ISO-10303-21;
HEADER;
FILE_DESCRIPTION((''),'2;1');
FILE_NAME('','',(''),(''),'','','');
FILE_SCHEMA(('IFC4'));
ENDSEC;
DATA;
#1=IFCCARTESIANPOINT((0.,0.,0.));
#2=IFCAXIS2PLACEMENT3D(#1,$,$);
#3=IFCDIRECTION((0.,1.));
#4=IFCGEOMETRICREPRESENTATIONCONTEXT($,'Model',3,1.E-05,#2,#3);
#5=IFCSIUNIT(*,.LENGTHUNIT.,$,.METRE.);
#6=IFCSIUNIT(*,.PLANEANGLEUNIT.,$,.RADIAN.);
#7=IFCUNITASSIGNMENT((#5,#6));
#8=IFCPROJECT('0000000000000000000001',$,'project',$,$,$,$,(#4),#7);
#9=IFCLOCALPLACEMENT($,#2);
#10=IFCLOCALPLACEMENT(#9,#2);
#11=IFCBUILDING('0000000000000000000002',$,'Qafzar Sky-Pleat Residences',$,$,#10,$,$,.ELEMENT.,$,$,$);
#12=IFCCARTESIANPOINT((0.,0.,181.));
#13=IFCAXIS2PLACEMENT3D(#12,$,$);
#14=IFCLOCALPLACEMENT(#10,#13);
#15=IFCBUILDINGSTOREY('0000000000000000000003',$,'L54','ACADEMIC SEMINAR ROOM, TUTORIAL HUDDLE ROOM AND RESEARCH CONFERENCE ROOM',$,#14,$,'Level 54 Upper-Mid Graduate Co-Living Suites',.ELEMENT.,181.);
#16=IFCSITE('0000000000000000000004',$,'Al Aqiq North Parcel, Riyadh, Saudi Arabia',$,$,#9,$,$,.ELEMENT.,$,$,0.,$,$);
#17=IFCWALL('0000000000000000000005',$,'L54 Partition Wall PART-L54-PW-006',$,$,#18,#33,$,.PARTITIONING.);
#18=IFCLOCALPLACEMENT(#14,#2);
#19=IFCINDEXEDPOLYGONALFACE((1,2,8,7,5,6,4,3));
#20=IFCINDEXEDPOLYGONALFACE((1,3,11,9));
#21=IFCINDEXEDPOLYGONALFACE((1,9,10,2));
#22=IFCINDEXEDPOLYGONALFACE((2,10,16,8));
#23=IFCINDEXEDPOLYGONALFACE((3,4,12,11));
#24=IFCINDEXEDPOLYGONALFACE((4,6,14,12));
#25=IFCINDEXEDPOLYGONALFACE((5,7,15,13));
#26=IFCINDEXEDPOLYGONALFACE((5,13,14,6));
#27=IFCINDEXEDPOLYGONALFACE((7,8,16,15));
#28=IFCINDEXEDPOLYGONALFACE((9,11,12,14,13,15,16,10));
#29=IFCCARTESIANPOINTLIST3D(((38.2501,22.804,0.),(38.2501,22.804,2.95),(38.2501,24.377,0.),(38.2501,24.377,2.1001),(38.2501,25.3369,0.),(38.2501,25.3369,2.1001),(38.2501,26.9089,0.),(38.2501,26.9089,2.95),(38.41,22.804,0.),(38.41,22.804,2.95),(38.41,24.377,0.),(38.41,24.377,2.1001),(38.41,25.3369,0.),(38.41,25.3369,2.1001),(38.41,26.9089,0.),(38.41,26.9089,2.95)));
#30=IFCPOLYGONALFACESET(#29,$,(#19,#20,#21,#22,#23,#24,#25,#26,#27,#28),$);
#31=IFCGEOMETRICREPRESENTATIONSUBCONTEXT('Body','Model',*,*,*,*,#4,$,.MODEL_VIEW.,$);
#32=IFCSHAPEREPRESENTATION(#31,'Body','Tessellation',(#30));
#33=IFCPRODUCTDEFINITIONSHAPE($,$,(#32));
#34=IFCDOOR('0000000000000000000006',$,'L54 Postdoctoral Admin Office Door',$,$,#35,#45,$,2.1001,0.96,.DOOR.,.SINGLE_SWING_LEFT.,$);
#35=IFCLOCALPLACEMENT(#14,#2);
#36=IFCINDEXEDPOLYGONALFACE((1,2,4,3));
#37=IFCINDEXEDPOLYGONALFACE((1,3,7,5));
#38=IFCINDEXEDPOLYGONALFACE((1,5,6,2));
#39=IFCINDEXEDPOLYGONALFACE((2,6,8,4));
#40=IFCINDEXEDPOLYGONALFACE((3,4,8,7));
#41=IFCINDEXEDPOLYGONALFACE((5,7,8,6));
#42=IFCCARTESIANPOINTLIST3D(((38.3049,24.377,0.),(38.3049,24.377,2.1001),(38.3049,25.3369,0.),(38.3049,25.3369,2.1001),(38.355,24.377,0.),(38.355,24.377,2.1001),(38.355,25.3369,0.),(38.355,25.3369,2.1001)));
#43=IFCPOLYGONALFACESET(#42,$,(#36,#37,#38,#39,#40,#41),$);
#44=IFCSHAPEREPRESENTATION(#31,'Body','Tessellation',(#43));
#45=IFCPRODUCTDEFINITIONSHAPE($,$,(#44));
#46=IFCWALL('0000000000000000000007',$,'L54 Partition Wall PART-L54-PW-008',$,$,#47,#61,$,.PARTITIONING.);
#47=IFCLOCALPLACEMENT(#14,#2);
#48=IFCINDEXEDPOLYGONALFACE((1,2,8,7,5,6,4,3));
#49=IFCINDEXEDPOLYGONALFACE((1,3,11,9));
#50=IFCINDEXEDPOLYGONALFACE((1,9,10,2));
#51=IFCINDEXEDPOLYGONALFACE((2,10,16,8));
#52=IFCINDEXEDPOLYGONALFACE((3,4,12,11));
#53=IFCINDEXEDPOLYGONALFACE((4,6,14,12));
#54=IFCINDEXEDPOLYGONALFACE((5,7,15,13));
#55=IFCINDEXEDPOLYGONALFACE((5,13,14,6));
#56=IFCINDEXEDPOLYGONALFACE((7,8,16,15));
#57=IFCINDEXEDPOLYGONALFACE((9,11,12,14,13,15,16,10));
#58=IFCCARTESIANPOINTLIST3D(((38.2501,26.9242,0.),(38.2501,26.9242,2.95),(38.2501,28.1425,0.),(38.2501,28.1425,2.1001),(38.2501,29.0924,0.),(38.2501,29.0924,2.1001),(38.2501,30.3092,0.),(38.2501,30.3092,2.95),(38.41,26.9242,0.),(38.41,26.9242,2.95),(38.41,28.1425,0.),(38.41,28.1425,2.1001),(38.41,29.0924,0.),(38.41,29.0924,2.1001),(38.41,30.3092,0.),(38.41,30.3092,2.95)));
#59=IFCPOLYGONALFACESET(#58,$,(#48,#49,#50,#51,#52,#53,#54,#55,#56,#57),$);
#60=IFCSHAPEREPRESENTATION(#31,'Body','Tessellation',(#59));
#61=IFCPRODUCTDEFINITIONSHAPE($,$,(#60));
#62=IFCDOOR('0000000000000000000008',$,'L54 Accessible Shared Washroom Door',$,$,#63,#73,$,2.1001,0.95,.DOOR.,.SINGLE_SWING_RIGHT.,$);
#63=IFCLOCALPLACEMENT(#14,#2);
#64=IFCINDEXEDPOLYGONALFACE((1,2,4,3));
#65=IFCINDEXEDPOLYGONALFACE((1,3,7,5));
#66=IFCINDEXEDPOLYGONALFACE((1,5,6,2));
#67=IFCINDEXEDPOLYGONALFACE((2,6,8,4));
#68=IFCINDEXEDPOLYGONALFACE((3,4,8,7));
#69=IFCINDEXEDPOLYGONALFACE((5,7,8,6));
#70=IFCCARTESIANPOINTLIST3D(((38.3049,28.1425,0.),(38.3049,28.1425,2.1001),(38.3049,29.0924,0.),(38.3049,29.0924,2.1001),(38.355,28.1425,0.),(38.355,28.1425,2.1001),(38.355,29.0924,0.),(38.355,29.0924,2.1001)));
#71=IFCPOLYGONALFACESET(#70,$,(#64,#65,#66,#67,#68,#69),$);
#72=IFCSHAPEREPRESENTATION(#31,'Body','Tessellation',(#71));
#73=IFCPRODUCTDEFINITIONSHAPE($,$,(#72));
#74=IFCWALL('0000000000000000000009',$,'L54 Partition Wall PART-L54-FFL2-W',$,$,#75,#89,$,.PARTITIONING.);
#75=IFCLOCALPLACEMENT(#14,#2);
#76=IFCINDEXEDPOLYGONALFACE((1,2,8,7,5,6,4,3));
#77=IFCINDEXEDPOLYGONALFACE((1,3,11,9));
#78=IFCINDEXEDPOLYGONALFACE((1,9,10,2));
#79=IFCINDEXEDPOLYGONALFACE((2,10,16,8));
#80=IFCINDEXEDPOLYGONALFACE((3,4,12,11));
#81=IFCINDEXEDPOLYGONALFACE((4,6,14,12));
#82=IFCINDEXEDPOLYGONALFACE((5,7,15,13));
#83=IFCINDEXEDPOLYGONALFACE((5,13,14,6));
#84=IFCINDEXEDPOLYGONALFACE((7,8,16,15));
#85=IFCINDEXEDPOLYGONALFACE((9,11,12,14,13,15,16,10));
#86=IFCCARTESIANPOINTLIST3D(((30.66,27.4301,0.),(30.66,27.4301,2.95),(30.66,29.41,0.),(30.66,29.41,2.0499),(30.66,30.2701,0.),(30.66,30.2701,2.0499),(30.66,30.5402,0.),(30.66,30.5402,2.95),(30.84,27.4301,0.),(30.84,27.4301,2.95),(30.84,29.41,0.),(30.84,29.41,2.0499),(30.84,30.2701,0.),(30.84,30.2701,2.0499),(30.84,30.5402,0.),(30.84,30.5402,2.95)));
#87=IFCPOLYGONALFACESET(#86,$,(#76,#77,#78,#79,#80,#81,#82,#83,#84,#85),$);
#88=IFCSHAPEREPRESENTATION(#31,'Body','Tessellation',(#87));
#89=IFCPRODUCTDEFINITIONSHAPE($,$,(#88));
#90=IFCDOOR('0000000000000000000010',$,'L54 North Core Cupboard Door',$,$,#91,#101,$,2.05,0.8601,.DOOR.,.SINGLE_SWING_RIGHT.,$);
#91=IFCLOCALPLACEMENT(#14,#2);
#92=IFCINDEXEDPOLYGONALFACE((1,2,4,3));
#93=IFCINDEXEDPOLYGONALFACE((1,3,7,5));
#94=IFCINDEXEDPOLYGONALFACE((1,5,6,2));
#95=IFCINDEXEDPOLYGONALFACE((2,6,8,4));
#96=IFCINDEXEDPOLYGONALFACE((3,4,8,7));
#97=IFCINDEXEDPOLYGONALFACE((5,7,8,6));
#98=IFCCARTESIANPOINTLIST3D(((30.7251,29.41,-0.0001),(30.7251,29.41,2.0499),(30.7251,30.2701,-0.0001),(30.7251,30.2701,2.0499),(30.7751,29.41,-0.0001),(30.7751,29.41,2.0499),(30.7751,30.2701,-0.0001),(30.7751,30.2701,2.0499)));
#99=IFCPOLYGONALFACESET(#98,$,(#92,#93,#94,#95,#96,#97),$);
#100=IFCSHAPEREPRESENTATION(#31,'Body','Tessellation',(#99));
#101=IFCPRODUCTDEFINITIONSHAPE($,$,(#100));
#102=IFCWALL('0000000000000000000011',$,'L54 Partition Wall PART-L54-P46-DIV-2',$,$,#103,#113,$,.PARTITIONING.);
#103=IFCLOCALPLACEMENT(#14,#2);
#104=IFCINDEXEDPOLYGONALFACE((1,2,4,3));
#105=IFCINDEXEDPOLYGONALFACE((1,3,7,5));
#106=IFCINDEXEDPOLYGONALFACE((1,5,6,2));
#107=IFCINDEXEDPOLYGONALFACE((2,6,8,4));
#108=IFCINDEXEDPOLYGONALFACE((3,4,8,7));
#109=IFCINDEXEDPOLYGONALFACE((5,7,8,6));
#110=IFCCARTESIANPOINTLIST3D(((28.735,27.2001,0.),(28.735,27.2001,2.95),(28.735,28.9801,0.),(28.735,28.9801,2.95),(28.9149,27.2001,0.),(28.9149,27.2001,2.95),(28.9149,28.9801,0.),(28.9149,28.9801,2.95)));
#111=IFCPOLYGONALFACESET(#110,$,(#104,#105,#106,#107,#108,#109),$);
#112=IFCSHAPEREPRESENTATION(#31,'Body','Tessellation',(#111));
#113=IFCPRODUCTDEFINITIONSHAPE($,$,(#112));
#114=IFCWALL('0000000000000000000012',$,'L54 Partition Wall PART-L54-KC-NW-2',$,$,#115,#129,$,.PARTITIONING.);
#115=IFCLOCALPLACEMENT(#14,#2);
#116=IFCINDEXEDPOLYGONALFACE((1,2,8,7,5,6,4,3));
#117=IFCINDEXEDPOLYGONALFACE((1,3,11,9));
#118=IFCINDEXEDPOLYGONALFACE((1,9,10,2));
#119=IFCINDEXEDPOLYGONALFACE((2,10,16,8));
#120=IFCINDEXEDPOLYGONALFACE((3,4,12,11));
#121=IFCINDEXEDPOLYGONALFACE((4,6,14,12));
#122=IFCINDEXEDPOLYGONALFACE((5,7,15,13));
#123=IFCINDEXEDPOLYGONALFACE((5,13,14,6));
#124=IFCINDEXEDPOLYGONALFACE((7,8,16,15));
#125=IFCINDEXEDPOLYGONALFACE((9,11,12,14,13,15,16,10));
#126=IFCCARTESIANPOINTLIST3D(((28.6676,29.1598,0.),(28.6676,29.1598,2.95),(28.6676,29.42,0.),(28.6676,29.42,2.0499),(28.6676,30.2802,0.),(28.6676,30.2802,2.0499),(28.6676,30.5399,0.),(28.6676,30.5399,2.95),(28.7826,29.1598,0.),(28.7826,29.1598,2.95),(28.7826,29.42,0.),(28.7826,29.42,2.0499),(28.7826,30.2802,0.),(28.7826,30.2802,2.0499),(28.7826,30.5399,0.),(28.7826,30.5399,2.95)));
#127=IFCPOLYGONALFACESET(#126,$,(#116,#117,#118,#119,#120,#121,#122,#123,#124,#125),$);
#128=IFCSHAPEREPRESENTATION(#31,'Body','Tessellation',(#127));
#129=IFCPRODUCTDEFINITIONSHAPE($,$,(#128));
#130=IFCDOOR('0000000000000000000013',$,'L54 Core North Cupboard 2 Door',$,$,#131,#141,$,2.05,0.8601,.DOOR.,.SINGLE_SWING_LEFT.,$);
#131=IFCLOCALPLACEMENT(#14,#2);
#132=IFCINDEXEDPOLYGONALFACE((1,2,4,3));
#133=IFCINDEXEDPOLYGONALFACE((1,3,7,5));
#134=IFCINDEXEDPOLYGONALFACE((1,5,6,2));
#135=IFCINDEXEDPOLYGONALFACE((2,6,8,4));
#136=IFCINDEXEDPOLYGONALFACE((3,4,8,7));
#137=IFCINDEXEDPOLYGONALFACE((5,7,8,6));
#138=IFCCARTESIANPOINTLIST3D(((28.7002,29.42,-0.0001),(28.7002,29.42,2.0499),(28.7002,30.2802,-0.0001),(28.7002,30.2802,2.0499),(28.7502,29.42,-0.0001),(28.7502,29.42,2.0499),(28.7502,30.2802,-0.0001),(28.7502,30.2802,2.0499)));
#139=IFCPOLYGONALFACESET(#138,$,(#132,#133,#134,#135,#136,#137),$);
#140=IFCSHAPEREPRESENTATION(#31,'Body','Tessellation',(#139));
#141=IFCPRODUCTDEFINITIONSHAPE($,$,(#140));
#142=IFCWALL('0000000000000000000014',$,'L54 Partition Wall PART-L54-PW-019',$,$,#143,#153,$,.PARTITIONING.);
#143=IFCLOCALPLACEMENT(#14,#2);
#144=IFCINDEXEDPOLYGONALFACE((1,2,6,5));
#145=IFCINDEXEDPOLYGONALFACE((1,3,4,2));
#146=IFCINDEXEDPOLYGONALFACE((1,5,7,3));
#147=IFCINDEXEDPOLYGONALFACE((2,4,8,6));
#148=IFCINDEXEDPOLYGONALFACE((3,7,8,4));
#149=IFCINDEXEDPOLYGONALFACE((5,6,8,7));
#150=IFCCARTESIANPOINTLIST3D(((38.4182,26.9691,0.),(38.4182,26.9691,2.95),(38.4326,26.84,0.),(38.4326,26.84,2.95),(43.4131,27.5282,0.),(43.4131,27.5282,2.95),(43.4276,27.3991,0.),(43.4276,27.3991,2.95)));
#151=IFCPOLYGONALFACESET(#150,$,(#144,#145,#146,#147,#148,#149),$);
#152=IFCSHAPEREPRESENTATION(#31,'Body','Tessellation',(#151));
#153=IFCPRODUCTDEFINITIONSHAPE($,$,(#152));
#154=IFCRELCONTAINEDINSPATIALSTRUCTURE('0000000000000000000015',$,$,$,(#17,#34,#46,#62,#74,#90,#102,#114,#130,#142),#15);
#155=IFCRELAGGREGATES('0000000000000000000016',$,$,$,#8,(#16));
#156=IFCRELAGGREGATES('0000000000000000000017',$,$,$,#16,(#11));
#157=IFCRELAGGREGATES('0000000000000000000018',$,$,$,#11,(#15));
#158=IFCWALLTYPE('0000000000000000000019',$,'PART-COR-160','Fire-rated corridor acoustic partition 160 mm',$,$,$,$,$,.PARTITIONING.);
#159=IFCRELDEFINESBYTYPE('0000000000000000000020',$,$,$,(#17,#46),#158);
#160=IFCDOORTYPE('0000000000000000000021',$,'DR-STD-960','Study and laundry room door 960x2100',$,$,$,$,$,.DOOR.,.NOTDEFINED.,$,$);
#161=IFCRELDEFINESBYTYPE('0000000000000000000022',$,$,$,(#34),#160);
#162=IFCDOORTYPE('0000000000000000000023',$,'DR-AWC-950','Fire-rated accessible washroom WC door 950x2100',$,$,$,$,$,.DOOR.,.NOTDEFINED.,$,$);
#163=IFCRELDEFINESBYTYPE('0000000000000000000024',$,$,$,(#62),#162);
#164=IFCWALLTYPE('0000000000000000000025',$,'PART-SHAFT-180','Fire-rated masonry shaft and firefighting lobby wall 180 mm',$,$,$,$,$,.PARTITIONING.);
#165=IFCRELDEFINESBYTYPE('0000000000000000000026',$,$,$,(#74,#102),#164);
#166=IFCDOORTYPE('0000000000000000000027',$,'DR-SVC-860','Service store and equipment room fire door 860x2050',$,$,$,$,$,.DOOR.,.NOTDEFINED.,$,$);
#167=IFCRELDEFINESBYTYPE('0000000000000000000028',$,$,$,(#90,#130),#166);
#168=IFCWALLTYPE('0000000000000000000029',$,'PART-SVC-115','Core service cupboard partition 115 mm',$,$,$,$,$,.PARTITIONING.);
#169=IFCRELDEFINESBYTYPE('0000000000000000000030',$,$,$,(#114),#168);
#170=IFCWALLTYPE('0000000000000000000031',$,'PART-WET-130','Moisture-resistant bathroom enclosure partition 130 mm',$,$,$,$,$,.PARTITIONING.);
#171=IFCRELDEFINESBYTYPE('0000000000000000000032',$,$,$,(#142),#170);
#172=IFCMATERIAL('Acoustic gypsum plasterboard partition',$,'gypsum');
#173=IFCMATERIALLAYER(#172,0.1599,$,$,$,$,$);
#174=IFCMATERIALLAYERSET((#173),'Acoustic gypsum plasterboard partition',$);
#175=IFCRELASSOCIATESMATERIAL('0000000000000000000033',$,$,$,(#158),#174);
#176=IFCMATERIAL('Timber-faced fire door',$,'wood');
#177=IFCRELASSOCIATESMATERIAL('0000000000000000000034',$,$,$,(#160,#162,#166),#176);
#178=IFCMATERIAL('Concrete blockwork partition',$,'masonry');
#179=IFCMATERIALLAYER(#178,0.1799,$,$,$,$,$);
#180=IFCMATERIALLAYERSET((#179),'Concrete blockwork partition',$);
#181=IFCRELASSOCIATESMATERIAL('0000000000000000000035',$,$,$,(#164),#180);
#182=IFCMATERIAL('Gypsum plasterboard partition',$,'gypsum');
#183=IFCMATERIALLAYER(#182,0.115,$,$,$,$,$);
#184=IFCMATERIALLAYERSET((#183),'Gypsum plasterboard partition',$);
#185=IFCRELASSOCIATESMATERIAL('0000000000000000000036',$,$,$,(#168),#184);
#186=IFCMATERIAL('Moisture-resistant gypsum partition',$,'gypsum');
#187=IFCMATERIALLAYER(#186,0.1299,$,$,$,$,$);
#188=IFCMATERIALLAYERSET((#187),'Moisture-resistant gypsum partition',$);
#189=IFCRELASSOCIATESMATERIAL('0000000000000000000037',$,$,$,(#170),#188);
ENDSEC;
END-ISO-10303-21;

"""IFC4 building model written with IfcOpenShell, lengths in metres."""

from ifc_helpers import new_model, si_unit, direction, frame, frame_2d, origin, place, context, subcontext, project, spatial, rectangle, extrude, source, transform, mapped, material, layer, layer_set, type_object, element, fill, save


model = new_model("IFC4")

# Units and contexts
model_context = context("Model", 3, precision=1e-05, world=origin(), true_north=direction((0.0, 1.0)))
body_context = subcontext(model_context, "Body", "Model", "MODEL_VIEW")
ifc_project = project(units=[si_unit("LENGTHUNIT", "METRE"), si_unit("PLANEANGLEUNIT", "RADIAN")], contexts=[model_context])

# Site, building, storey
site_placement = place(None, origin())
site = spatial("IfcSite", under=ifc_project, at=site_placement, Name="Al Aqiq North Parcel, Riyadh, Saudi Arabia", CompositionType="ELEMENT", RefElevation=0.0)
building_placement = place(site_placement, origin())
building = spatial("IfcBuilding", under=site, at=building_placement, Name="Qafzar Sky-Pleat Residences", CompositionType="ELEMENT")
storey_placement = place(building_placement, frame((0.0, 0.0, 181.0)))
storey = spatial("IfcBuildingStorey", under=building, at=storey_placement, Name="L54", Description="ACADEMIC SEMINAR ROOM, TUTORIAL HUDDLE ROOM AND RESEARCH CONFERENCE ROOM", LongName="Level 54 Upper-Mid Graduate Co-Living Suites", CompositionType="ELEMENT", Elevation=181.0)

# Walls, openings, doors
ifc_material_1 = material(Name="Acoustic gypsum plasterboard partition", Category="gypsum")
ifc_layer_1 = layer(ifc_material_1, 0.1599)
ifc_layer_set_1 = layer_set([ifc_layer_1], Name="Acoustic gypsum plasterboard partition")
wall_type_1 = type_object("IfcWallType", Name="PART-COR-160", Description="Fire-rated corridor acoustic partition 160 mm", PredefinedType="PARTITIONING", material=ifc_layer_set_1)
wall_1_placement = place(storey_placement, frame((38.3301, 26.9089, 0.0), z_axis=(0.0, 0.0, 1.0), x_axis=(0.0, -1.0, 0.0)))
wall_1 = element("IfcWall", 1, at=wall_1_placement, inside=storey, type_object=wall_type_1, Name="L54 Partition Wall PART-L54-PW-006", PredefinedType="PARTITIONING", context=body_context, shape_type="SweptSolid", body=[
    extrude(rectangle(XDim=4.105, YDim=0.1599, at=frame_2d((2.0525, 0.0))), origin(), (0.0, 0.0, 1.0), 2.95),
])
opening_1_placement = place(wall_1_placement, frame((1.572, 0.0, 0.0)))
opening_1 = element("IfcOpeningElement", 2, at=opening_1_placement, cuts=wall_1, PredefinedType="OPENING", context=body_context, shape_type="SweptSolid", body=[
    extrude(rectangle(XDim=0.96, YDim=2.1001, at=frame_2d((0.48, 1.05))), frame((0.0, 0.0898, 0.0), z_axis=(0.0, -1.0, 0.0), x_axis=(1.0, 0.0, 0.0)), (0.0, 0.0, 1.0), 0.1799),
])
ifc_material_2 = material(Name="Timber-faced fire door", Category="wood")
door_type_1 = type_object("IfcDoorType", Name="DR-STD-960", Description="Study and laundry room door 960x2100", OperationType="NOTDEFINED", PredefinedType="DOOR", material=ifc_material_2)
shared_shape_1 = source(origin(), body_context, "Body", "SweptSolid", [
    extrude(rectangle(XDim=0.96, YDim=2.1001, at=frame_2d((0.48, 1.05))), frame((0.0, 0.0249, 0.0), z_axis=(0.0, -1.0, 0.0), x_axis=(1.0, 0.0, 0.0)), (0.0, 0.0, 1.0), 0.05),
])
door_1_placement = place(opening_1_placement, origin())
door_1 = element("IfcDoor", 3, at=door_1_placement, inside=storey, type_object=door_type_1, Name="L54 Postdoctoral Admin Office Door", OperationType="SINGLE_SWING_LEFT", OverallHeight=2.1001, OverallWidth=0.96, PredefinedType="DOOR", context=body_context, shape_type="MappedRepresentation", body=[
    mapped(shared_shape_1, transform((0.0, 0.0, 0.0), x_axis=(1.0, 0.0, 0.0), y_axis=(0.0, 1.0, 0.0), z_axis=(0.0, 0.0, 1.0), scale=1.0)),
])
fill(opening_1, door_1)
wall_2_placement = place(storey_placement, frame((38.3301, 30.3091, 0.0), z_axis=(0.0, 0.0, 1.0), x_axis=(0.0, -1.0, 0.0)))
wall_2 = element("IfcWall", 4, at=wall_2_placement, inside=storey, type_object=wall_type_1, Name="L54 Partition Wall PART-L54-PW-008", PredefinedType="PARTITIONING", context=body_context, shape_type="SweptSolid", body=[
    extrude(rectangle(XDim=3.385, YDim=0.1599, at=frame_2d((1.6924, 0.0))), origin(), (0.0, 0.0, 1.0), 2.95),
])
opening_2_placement = place(wall_2_placement, frame((1.2166, 0.0, 0.0)))
opening_2 = element("IfcOpeningElement", 5, at=opening_2_placement, cuts=wall_2, PredefinedType="OPENING", context=body_context, shape_type="SweptSolid", body=[
    extrude(rectangle(XDim=0.95, YDim=2.1001, at=frame_2d((0.4751, 1.05))), frame((0.0, 0.0898, 0.0), z_axis=(0.0, -1.0, 0.0), x_axis=(1.0, 0.0, 0.0)), (0.0, 0.0, 1.0), 0.1799),
])
door_type_2 = type_object("IfcDoorType", Name="DR-AWC-950", Description="Fire-rated accessible washroom WC door 950x2100", OperationType="NOTDEFINED", PredefinedType="DOOR", material=ifc_material_2)
shared_shape_2 = source(origin(), body_context, "Body", "SweptSolid", [
    extrude(rectangle(XDim=0.95, YDim=2.1001, at=frame_2d((0.4751, 1.05))), frame((0.0, 0.0249, 0.0), z_axis=(0.0, -1.0, 0.0), x_axis=(1.0, 0.0, 0.0)), (0.0, 0.0, 1.0), 0.05),
])
door_2_placement = place(opening_2_placement, origin())
door_2 = element("IfcDoor", 6, at=door_2_placement, inside=storey, type_object=door_type_2, Name="L54 Accessible Shared Washroom Door", OperationType="SINGLE_SWING_RIGHT", OverallHeight=2.1001, OverallWidth=0.95, PredefinedType="DOOR", context=body_context, shape_type="MappedRepresentation", body=[
    mapped(shared_shape_2, transform((0.0, 0.0, 0.0), x_axis=(1.0, 0.0, 0.0), y_axis=(0.0, 1.0, 0.0), z_axis=(0.0, 0.0, 1.0), scale=1.0)),
])
fill(opening_2, door_2)
ifc_material_3 = material(Name="Concrete blockwork partition", Category="masonry")
ifc_layer_2 = layer(ifc_material_3, 0.1799)
ifc_layer_set_2 = layer_set([ifc_layer_2], Name="Concrete blockwork partition")
wall_type_2 = type_object("IfcWallType", Name="PART-SHAFT-180", Description="Fire-rated masonry shaft and firefighting lobby wall 180 mm", PredefinedType="PARTITIONING", material=ifc_layer_set_2)
wall_3_placement = place(storey_placement, frame((30.75, 27.4299, 0.0), z_axis=(0.0, 0.0, 1.0), x_axis=(0.0, 1.0, 0.0)))
wall_3 = element("IfcWall", 7, at=wall_3_placement, inside=storey, type_object=wall_type_2, Name="L54 Partition Wall PART-L54-FFL2-W", PredefinedType="PARTITIONING", context=body_context, shape_type="SweptSolid", body=[
    extrude(rectangle(XDim=3.1101, YDim=0.1799, at=frame_2d((1.5552, 0.0))), origin(), (0.0, 0.0, 1.0), 2.95),
])
opening_3_placement = place(wall_3_placement, frame((1.98, 0.0, 0.0)))
opening_3 = element("IfcOpeningElement", 8, at=opening_3_placement, cuts=wall_3, PredefinedType="OPENING", context=body_context, shape_type="SweptSolid", body=[
    extrude(rectangle(XDim=0.8601, YDim=2.05, at=frame_2d((0.4302, 1.0249))), frame((0.0, 0.1001, 0.0), z_axis=(0.0, -1.0, 0.0), x_axis=(1.0, 0.0, 0.0)), (0.0, 0.0, 1.0), 0.2),
])
door_type_3 = type_object("IfcDoorType", Name="DR-SVC-860", Description="Service store and equipment room fire door 860x2050", OperationType="NOTDEFINED", PredefinedType="DOOR", material=ifc_material_2)
shared_shape_3 = source(origin(), body_context, "Body", "SweptSolid", [
    extrude(rectangle(XDim=0.8601, YDim=2.05, at=frame_2d((0.4302, 1.0249))), frame((0.0, 0.0249, 0.0), z_axis=(0.0, -1.0, 0.0), x_axis=(1.0, 0.0, 0.0)), (0.0, 0.0, 1.0), 0.05),
])
door_3_placement = place(opening_3_placement, origin())
door_3 = element("IfcDoor", 9, at=door_3_placement, inside=storey, type_object=door_type_3, Name="L54 North Core Cupboard Door", OperationType="SINGLE_SWING_RIGHT", OverallHeight=2.05, OverallWidth=0.8601, PredefinedType="DOOR", context=body_context, shape_type="MappedRepresentation", body=[
    mapped(shared_shape_3, transform((0.0, 0.0, 0.0), x_axis=(1.0, 0.0, 0.0), y_axis=(0.0, 1.0, 0.0), z_axis=(0.0, 0.0, 1.0), scale=1.0)),
])
fill(opening_3, door_3)

# Wall
wall_4_placement = place(storey_placement, frame((28.825, 27.2, 0.0), z_axis=(0.0, 0.0, 1.0), x_axis=(0.0, 1.0, 0.0)))
element("IfcWall", 10, at=wall_4_placement, inside=storey, type_object=wall_type_2, Name="L54 Partition Wall PART-L54-P46-DIV-2", PredefinedType="PARTITIONING", context=body_context, shape_type="SweptSolid", body=[
    extrude(rectangle(XDim=1.78, YDim=0.1799, at=frame_2d((0.8901, 0.0))), origin(), (0.0, 0.0, 1.0), 2.95),
])

# Wall, opening, door
ifc_material_4 = material(Name="Gypsum plasterboard partition", Category="gypsum")
ifc_layer_3 = layer(ifc_material_4, 0.115)
ifc_layer_set_3 = layer_set([ifc_layer_3], Name="Gypsum plasterboard partition")
wall_type_3 = type_object("IfcWallType", Name="PART-SVC-115", Description="Core service cupboard partition 115 mm", PredefinedType="PARTITIONING", material=ifc_layer_set_3)
wall_5_placement = place(storey_placement, frame((28.7251, 29.1599, 0.0), z_axis=(0.0, 0.0, 1.0), x_axis=(0.0, 1.0, 0.0)))
wall_5 = element("IfcWall", 11, at=wall_5_placement, inside=storey, type_object=wall_type_3, Name="L54 Partition Wall PART-L54-KC-NW-2", PredefinedType="PARTITIONING", context=body_context, shape_type="SweptSolid", body=[
    extrude(rectangle(XDim=1.3801, YDim=0.115, at=frame_2d((0.6899, 0.0))), origin(), (0.0, 0.0, 1.0), 2.95),
])
opening_4_placement = place(wall_5_placement, frame((0.26, 0.0, 0.0)))
opening_4 = element("IfcOpeningElement", 12, at=opening_4_placement, cuts=wall_5, PredefinedType="OPENING", context=body_context, shape_type="SweptSolid", body=[
    extrude(rectangle(XDim=0.8601, YDim=2.05, at=frame_2d((0.4302, 1.0249))), frame((0.0, 0.0674, 0.0), z_axis=(0.0, -1.0, 0.0), x_axis=(1.0, 0.0, 0.0)), (0.0, 0.0, 1.0), 0.135),
])
door_4_placement = place(opening_4_placement, origin())
door_4 = element("IfcDoor", 13, at=door_4_placement, inside=storey, type_object=door_type_3, Name="L54 Core North Cupboard 2 Door", OperationType="SINGLE_SWING_LEFT", OverallHeight=2.05, OverallWidth=0.8601, PredefinedType="DOOR", context=body_context, shape_type="MappedRepresentation", body=[
    mapped(shared_shape_3, transform((0.0, 0.0, 0.0), x_axis=(1.0, 0.0, 0.0), y_axis=(0.0, 1.0, 0.0), z_axis=(0.0, 0.0, 1.0), scale=1.0)),
])
fill(opening_4, door_4)

# Wall
ifc_material_5 = material(Name="Moisture-resistant gypsum partition", Category="gypsum")
ifc_layer_4 = layer(ifc_material_5, 0.1299)
ifc_layer_set_4 = layer_set([ifc_layer_4], Name="Moisture-resistant gypsum partition")
wall_type_4 = type_object("IfcWallType", Name="PART-WET-130", Description="Moisture-resistant bathroom enclosure partition 130 mm", PredefinedType="PARTITIONING", material=ifc_layer_set_4)
wall_6_placement = place(storey_placement, frame((38.4253, 26.9045, 0.0), z_axis=(0.0, 0.0, 1.0), x_axis=(0.993794, 0.111237, 0.0)))
element("IfcWall", 14, at=wall_6_placement, inside=storey, type_object=wall_type_4, Name="L54 Partition Wall PART-L54-PW-019", PredefinedType="PARTITIONING", context=body_context, shape_type="SweptSolid", body=[
    extrude(rectangle(XDim=5.0261, YDim=0.1299, at=frame_2d((2.5132, 0.0))), origin(), (0.0, 0.0, 1.0), 2.95),
])

save(model, "model.ifc")
